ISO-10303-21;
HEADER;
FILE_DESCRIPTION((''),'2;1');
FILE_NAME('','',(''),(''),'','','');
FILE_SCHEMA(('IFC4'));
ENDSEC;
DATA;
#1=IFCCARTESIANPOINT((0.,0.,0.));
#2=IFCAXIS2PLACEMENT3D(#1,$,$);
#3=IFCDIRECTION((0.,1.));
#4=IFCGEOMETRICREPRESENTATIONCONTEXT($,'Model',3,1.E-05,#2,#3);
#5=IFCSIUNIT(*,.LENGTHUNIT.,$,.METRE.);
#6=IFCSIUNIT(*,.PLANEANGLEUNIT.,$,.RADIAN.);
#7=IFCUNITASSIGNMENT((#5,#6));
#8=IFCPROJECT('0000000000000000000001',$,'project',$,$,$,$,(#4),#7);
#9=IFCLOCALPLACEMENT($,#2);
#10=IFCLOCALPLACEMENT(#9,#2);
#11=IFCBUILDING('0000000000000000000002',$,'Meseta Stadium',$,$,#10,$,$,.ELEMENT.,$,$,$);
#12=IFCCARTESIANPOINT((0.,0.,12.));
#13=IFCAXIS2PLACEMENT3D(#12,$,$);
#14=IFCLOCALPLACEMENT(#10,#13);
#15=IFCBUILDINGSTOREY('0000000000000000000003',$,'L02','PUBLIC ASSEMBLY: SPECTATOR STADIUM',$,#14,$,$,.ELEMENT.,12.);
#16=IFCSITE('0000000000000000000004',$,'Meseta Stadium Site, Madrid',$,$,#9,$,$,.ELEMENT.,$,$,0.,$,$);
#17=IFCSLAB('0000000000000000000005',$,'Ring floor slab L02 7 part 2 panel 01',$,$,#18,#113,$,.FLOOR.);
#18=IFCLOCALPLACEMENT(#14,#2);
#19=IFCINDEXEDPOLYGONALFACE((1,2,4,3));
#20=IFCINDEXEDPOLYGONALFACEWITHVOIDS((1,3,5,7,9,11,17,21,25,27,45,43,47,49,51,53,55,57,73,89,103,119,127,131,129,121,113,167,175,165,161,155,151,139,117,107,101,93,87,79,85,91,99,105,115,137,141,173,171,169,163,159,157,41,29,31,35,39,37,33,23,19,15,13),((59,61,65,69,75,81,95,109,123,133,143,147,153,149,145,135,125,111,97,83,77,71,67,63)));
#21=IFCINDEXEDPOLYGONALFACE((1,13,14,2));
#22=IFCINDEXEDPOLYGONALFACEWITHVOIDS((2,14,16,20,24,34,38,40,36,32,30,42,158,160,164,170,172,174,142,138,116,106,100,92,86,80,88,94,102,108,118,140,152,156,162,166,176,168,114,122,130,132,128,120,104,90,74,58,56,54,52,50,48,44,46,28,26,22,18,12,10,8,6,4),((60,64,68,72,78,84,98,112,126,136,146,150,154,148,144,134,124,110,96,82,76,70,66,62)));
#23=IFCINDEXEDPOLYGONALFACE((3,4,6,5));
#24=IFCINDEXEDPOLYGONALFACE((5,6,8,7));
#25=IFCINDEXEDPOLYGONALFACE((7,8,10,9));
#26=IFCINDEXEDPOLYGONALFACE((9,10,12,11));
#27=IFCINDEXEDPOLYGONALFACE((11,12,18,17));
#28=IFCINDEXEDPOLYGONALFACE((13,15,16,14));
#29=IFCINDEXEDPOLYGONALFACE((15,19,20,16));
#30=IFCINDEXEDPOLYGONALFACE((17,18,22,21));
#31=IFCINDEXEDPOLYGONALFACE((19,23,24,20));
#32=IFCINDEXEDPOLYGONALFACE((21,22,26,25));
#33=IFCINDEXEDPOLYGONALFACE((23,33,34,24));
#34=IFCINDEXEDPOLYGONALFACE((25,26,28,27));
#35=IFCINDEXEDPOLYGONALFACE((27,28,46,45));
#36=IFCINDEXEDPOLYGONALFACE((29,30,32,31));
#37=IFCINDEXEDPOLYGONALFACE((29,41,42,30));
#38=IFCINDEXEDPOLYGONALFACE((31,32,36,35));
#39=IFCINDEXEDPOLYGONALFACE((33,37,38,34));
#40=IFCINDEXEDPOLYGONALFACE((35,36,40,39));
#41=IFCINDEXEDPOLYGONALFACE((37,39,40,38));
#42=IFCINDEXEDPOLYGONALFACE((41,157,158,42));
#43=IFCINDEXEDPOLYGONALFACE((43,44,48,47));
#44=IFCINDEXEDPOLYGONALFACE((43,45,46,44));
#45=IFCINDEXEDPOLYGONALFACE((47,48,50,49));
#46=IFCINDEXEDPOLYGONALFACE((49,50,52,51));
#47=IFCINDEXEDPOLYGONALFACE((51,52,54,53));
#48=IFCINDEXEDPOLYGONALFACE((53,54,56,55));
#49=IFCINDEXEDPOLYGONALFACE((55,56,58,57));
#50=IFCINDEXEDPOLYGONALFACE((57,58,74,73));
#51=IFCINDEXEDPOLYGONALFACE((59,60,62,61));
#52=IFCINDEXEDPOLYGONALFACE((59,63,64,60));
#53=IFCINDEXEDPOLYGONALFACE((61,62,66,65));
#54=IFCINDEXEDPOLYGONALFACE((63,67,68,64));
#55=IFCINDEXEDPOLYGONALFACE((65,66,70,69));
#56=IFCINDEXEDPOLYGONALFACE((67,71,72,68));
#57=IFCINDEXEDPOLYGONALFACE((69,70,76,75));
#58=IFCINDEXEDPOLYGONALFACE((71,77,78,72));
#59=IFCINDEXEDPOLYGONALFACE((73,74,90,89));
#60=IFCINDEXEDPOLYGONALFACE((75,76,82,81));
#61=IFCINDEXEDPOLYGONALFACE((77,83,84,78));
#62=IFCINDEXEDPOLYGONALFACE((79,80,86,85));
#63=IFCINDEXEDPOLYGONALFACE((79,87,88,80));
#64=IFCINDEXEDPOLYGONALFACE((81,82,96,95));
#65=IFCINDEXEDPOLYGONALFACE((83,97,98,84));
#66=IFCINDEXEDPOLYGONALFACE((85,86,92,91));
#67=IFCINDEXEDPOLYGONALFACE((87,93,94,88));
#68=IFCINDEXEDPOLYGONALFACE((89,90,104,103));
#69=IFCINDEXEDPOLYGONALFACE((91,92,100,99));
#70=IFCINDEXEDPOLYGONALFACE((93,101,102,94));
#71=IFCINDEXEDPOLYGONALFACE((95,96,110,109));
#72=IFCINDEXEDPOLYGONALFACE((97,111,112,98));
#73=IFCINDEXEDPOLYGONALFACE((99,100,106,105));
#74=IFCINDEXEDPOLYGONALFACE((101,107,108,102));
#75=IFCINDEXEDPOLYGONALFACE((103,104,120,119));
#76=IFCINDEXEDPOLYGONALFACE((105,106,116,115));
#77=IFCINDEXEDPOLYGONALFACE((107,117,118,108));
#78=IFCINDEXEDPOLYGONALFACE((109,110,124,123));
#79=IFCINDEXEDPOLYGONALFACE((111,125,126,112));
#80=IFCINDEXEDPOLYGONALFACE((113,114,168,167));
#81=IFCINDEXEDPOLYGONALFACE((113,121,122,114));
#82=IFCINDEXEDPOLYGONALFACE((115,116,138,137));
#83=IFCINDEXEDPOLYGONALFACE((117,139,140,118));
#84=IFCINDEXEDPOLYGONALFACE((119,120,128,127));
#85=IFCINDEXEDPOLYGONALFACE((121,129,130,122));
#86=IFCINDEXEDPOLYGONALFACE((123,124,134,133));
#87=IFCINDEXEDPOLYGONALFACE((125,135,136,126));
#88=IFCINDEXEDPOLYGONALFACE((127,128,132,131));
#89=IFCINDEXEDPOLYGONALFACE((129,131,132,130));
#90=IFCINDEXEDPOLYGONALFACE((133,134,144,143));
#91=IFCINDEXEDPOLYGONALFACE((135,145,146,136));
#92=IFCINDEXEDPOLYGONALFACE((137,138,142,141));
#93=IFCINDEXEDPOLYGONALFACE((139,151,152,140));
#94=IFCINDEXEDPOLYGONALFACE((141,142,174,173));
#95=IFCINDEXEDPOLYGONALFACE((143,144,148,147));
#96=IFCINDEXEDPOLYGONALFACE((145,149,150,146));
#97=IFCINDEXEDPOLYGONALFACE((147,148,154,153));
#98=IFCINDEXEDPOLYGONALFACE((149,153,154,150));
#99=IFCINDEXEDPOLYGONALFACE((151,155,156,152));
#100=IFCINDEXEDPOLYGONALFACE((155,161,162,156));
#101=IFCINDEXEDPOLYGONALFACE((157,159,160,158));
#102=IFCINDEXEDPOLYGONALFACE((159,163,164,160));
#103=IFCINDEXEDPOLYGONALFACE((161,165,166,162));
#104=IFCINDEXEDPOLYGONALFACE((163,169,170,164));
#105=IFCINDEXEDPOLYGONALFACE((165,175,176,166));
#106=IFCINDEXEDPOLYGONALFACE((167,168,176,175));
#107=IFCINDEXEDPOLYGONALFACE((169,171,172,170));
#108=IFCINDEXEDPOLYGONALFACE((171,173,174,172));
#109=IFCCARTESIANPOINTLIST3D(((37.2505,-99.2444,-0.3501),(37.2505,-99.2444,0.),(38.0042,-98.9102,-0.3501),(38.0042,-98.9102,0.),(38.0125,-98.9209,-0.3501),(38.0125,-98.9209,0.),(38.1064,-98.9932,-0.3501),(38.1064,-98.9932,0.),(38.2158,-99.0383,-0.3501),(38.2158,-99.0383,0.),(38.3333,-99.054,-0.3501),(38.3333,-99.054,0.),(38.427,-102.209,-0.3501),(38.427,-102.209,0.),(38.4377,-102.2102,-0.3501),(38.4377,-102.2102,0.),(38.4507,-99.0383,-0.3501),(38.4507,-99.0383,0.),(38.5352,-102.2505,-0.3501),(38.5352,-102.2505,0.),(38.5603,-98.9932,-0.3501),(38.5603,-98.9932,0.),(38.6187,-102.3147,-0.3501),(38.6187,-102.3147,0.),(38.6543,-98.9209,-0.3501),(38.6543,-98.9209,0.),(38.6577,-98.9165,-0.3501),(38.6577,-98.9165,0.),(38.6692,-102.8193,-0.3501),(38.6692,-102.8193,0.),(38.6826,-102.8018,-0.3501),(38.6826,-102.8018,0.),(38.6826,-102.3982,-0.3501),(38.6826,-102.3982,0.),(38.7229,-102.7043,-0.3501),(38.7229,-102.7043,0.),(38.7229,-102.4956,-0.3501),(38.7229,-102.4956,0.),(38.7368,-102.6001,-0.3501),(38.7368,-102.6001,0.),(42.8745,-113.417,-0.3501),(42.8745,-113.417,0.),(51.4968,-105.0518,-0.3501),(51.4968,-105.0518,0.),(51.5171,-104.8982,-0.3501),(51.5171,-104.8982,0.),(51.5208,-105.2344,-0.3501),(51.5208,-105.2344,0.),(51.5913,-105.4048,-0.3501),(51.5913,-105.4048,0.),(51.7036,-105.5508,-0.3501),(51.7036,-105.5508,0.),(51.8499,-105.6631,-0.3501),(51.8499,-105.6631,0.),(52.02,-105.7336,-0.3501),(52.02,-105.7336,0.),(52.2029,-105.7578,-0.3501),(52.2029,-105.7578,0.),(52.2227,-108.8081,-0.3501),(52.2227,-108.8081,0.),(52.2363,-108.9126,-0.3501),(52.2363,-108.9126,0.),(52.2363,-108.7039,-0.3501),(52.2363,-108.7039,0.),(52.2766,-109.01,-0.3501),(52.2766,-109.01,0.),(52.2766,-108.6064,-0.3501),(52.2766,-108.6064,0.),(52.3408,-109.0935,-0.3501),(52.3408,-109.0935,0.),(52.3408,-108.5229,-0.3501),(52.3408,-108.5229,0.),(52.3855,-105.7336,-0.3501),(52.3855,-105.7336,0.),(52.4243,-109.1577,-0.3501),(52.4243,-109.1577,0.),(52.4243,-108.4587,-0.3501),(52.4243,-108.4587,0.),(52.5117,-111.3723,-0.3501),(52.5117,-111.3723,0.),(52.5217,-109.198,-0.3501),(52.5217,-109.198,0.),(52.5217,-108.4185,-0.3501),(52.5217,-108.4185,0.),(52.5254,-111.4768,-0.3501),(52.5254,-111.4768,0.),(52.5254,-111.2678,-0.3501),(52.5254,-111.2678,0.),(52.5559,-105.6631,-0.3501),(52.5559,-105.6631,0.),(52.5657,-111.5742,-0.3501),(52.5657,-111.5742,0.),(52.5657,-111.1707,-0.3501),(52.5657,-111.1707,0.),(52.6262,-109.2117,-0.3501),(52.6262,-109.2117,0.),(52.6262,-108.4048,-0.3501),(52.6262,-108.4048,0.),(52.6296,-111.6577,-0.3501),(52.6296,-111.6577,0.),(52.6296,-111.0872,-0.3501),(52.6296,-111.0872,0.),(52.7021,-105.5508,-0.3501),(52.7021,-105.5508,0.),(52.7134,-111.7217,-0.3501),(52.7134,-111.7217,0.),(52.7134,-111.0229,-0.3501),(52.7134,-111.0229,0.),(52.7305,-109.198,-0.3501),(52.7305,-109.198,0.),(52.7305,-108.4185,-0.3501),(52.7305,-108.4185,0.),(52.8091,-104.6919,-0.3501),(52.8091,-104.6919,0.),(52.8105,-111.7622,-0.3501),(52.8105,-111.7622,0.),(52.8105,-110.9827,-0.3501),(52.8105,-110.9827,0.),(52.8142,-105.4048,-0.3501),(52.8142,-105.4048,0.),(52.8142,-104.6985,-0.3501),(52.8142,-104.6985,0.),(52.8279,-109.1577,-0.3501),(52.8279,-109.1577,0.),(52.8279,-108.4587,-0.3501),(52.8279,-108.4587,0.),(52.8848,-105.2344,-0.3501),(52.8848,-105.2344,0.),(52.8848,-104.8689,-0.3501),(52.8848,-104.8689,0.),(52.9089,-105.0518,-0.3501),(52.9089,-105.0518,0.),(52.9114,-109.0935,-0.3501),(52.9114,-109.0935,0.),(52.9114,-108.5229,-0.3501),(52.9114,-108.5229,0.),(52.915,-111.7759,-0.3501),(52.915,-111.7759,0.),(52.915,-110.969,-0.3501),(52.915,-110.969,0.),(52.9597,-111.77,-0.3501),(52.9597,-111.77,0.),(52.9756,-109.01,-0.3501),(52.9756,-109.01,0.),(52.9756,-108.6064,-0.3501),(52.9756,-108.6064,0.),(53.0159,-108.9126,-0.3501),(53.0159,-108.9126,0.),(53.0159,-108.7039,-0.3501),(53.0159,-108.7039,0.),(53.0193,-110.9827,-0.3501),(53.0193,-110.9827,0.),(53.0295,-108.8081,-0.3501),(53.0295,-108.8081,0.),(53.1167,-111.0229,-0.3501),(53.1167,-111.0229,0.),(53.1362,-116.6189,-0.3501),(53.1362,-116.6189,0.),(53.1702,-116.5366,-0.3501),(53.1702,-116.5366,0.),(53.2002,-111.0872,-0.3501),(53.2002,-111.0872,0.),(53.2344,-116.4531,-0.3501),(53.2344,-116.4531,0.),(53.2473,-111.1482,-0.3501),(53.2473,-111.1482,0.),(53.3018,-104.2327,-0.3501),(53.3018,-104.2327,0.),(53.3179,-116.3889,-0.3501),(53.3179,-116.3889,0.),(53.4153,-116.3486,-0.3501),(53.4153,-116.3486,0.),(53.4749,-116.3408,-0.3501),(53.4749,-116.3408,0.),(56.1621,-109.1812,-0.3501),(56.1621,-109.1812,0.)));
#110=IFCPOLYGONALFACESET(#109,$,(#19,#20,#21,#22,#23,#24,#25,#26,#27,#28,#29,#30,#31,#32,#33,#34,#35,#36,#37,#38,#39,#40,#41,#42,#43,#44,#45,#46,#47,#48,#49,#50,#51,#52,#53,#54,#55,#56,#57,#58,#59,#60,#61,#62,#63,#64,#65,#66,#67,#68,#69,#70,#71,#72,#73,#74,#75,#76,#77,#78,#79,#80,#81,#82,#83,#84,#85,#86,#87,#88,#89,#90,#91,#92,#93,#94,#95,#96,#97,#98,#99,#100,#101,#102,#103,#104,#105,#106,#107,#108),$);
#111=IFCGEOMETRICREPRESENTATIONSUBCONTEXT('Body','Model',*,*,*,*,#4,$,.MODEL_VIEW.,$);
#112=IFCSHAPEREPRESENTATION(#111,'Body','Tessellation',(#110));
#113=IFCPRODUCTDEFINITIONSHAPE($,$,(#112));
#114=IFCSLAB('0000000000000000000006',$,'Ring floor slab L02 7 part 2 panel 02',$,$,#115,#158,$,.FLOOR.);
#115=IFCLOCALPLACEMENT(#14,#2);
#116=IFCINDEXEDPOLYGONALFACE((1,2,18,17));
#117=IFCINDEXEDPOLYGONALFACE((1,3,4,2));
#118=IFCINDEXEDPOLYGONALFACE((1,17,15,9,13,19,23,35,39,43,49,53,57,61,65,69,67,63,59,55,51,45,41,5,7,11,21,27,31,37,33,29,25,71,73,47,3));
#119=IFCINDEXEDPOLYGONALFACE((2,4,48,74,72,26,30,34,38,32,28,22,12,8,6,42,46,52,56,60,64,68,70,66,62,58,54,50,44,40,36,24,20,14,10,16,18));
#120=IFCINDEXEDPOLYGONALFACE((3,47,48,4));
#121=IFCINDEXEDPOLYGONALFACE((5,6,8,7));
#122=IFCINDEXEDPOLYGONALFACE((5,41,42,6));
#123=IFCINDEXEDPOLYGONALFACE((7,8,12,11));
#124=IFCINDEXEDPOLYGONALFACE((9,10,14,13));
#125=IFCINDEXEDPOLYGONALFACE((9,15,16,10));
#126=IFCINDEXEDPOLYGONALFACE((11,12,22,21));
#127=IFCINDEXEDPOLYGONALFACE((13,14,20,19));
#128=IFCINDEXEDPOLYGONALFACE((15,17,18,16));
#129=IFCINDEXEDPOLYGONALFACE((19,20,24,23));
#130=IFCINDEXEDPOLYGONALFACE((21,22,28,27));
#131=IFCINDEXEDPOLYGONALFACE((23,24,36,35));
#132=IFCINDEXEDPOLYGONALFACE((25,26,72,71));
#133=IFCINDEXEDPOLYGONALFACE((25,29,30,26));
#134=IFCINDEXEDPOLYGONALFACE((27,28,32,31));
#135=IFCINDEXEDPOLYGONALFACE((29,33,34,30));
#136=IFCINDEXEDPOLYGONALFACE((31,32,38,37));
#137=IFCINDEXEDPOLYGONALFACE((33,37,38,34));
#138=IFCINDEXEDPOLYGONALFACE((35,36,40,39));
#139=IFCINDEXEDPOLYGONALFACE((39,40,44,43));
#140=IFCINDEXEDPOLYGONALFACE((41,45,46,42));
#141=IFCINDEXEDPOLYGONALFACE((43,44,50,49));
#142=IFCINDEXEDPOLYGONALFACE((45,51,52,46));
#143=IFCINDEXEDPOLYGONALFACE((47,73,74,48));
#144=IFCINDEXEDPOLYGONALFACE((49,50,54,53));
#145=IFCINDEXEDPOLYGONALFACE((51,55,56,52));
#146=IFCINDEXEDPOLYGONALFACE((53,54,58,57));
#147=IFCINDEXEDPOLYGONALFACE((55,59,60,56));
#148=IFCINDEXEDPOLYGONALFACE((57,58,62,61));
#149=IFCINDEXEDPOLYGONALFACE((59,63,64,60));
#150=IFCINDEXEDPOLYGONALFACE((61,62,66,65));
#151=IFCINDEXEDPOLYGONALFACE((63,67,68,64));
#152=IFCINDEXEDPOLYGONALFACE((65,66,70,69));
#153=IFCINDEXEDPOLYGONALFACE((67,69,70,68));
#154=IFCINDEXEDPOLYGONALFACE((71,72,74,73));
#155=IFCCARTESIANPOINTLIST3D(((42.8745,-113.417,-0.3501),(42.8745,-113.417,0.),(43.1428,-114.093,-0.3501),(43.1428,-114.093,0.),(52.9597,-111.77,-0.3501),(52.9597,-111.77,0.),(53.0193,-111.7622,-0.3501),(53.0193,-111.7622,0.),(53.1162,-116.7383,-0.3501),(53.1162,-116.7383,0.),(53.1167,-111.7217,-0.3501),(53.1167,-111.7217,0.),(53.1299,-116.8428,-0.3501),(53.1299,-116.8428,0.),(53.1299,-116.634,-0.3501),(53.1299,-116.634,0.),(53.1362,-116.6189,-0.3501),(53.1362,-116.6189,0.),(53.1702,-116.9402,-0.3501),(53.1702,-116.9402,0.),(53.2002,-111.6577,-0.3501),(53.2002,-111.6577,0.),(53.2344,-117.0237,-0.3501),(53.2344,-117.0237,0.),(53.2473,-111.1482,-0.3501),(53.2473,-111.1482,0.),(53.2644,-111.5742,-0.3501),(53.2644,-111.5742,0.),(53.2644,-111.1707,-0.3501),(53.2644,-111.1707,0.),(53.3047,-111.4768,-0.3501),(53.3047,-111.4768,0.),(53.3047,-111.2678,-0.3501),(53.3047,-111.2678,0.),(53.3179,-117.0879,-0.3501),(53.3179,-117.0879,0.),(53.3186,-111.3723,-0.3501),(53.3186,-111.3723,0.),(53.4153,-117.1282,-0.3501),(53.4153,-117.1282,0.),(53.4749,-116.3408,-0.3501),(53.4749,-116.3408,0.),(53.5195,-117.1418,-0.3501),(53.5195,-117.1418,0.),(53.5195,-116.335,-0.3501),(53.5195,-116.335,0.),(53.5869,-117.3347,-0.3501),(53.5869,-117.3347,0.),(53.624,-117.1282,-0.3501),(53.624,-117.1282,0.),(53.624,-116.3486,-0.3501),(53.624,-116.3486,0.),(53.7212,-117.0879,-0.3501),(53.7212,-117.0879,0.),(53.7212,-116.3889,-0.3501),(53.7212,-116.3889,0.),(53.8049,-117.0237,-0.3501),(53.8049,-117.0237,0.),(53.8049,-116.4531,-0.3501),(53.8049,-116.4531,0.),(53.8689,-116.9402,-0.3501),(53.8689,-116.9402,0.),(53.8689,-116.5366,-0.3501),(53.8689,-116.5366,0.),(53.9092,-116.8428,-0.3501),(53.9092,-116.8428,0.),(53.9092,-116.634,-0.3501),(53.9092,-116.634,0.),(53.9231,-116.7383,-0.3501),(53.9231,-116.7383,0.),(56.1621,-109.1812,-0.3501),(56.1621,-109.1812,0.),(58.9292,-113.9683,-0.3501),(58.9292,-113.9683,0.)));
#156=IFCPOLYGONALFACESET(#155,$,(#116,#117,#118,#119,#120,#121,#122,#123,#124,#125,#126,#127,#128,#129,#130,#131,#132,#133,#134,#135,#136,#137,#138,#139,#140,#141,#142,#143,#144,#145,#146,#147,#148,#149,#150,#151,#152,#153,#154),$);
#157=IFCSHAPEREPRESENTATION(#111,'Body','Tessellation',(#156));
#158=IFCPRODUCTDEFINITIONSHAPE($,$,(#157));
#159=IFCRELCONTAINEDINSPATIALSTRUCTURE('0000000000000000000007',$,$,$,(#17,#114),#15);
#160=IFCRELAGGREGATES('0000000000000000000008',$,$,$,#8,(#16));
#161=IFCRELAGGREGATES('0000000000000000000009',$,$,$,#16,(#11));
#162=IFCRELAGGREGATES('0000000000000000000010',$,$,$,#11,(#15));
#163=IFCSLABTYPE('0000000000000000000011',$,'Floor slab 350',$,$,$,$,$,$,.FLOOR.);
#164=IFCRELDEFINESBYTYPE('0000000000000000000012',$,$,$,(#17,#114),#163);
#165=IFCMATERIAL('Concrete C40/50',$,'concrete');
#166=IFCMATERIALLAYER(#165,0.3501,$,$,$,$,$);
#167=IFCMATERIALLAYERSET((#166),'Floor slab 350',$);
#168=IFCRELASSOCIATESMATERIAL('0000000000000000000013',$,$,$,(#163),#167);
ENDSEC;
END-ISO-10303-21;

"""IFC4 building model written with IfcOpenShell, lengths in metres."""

from ifc_helpers import new_model, si_unit, direction, frame, origin, place, context, subcontext, project, spatial, polyline, outline, extrude, material, layer, layer_set, type_object, element, save


model = new_model("IFC4")

# Units and contexts
model_context = context("Model", 3, precision=1e-05, world=origin(), true_north=direction((0.0, 1.0)))
body_context = subcontext(model_context, "Body", "Model", "MODEL_VIEW")
ifc_project = project(units=[si_unit("LENGTHUNIT", "METRE"), si_unit("PLANEANGLEUNIT", "RADIAN")], contexts=[model_context])

# Site, building, storey
site_placement = place(None, origin())
site = spatial("IfcSite", under=ifc_project, at=site_placement, Name="Meseta Stadium Site, Madrid", CompositionType="ELEMENT", RefElevation=0.0)
building_placement = place(site_placement, origin())
building = spatial("IfcBuilding", under=site, at=building_placement, Name="Meseta Stadium", CompositionType="ELEMENT")
storey_placement = place(building_placement, frame((0.0, 0.0, 12.0)))
storey = spatial("IfcBuildingStorey", under=building, at=storey_placement, Name="L02", Description="PUBLIC ASSEMBLY: SPECTATOR STADIUM", CompositionType="ELEMENT", Elevation=12.0)

# Slabs
ifc_material_1 = material(Name="Concrete C40/50", Category="concrete")
ifc_layer_1 = layer(ifc_material_1, 0.3501)
ifc_layer_set_1 = layer_set([ifc_layer_1], Name="Floor slab 350")
slab_type_1 = type_object("IfcSlabType", Name="Floor slab 350", PredefinedType="FLOOR", material=ifc_layer_set_1)
slab_1_placement = place(storey_placement, frame((0.0, 0.0, -0.3501)))
element("IfcSlab", 1, at=slab_1_placement, inside=storey, type_object=slab_type_1, Name="Ring floor slab L02 7 part 2 panel 01", PredefinedType="FLOOR", context=body_context, shape_type="SweptSolid", body=[
    extrude(outline(polyline([(51.4968, -105.0518), (51.5171, -104.8982), (38.6577, -98.9165), (38.6543, -98.9209), (38.5603, -98.9932), (38.4507, -99.0383), (38.3333, -99.054), (38.2158, -99.0383), (38.1064, -98.9932), (38.0125, -98.9209), (38.0042, -98.9102), (37.2505, -99.2444), (38.427, -102.209), (38.4377, -102.2102), (38.5352, -102.2505), (38.6187, -102.3147), (38.6826, -102.3982), (38.7229, -102.4956), (38.7368, -102.6001), (38.7229, -102.7043), (38.6826, -102.8018), (38.6692, -102.8193), (42.8745, -113.417), (53.1362, -116.6189), (53.1702, -116.5366), (53.2344, -116.4531), (53.3179, -116.3889), (53.4153, -116.3486), (53.4749, -116.3408), (52.9597, -111.77), (52.915, -111.7759), (52.8105, -111.7622), (52.7134, -111.7217), (52.6296, -111.6577), (52.5657, -111.5742), (52.5254, -111.4768), (52.5117, -111.3723), (52.5254, -111.2678), (52.5657, -111.1707), (52.6296, -111.0872), (52.7134, -111.0229), (52.8105, -110.9827), (52.915, -110.969), (53.0193, -110.9827), (53.1167, -111.0229), (53.2002, -111.0872), (53.2473, -111.1482), (56.1621, -109.1812), (53.3018, -104.2327), (52.8091, -104.6919), (52.8142, -104.6985), (52.8848, -104.8689), (52.9089, -105.0518), (52.8848, -105.2344), (52.8142, -105.4048), (52.7021, -105.5508), (52.5559, -105.6631), (52.3855, -105.7336), (52.2029, -105.7578), (52.02, -105.7336), (51.8499, -105.6631), (51.7036, -105.5508), (51.5913, -105.4048), (51.5208, -105.2344), (51.4968, -105.0518)]), holes=[polyline([(52.8279, -108.4587), (52.9114, -108.5229), (52.9756, -108.6064), (53.0159, -108.7039), (53.0295, -108.8081), (53.0159, -108.9126), (52.9756, -109.01), (52.9114, -109.0935), (52.8279, -109.1577), (52.7305, -109.198), (52.6262, -109.2117), (52.5217, -109.198), (52.4243, -109.1577), (52.3408, -109.0935), (52.2766, -109.01), (52.2363, -108.9126), (52.2227, -108.8081), (52.2363, -108.7039), (52.2766, -108.6064), (52.3408, -108.5229), (52.4243, -108.4587), (52.5217, -108.4185), (52.6262, -108.4048), (52.7305, -108.4185), (52.8279, -108.4587)])]), origin(), (0.0, 0.0, 1.0), 0.3501),
])
slab_2_placement = place(storey_placement, frame((0.0, 0.0, -0.3501)))
element("IfcSlab", 2, at=slab_2_placement, inside=storey, type_object=slab_type_1, Name="Ring floor slab L02 7 part 2 panel 02", PredefinedType="FLOOR", context=body_context, shape_type="SweptSolid", body=[
    extrude(outline(polyline([(53.1362, -116.6189), (42.8745, -113.417), (43.1428, -114.093), (53.5869, -117.3347), (58.9292, -113.9683), (56.1621, -109.1812), (53.2473, -111.1482), (53.2644, -111.1707), (53.3047, -111.2678), (53.3186, -111.3723), (53.3047, -111.4768), (53.2644, -111.5742), (53.2002, -111.6577), (53.1167, -111.7217), (53.0193, -111.7622), (52.9597, -111.77), (53.4749, -116.3408), (53.5195, -116.335), (53.624, -116.3486), (53.7212, -116.3889), (53.8049, -116.4531), (53.8689, -116.5366), (53.9092, -116.634), (53.9231, -116.7383), (53.9092, -116.8428), (53.8689, -116.9402), (53.8049, -117.0237), (53.7212, -117.0879), (53.624, -117.1282), (53.5195, -117.1418), (53.4153, -117.1282), (53.3179, -117.0879), (53.2344, -117.0237), (53.1702, -116.9402), (53.1299, -116.8428), (53.1162, -116.7383), (53.1299, -116.634), (53.1362, -116.6189)])), origin(), (0.0, 0.0, 1.0), 0.3501),
])

save(model, "model.ifc")
